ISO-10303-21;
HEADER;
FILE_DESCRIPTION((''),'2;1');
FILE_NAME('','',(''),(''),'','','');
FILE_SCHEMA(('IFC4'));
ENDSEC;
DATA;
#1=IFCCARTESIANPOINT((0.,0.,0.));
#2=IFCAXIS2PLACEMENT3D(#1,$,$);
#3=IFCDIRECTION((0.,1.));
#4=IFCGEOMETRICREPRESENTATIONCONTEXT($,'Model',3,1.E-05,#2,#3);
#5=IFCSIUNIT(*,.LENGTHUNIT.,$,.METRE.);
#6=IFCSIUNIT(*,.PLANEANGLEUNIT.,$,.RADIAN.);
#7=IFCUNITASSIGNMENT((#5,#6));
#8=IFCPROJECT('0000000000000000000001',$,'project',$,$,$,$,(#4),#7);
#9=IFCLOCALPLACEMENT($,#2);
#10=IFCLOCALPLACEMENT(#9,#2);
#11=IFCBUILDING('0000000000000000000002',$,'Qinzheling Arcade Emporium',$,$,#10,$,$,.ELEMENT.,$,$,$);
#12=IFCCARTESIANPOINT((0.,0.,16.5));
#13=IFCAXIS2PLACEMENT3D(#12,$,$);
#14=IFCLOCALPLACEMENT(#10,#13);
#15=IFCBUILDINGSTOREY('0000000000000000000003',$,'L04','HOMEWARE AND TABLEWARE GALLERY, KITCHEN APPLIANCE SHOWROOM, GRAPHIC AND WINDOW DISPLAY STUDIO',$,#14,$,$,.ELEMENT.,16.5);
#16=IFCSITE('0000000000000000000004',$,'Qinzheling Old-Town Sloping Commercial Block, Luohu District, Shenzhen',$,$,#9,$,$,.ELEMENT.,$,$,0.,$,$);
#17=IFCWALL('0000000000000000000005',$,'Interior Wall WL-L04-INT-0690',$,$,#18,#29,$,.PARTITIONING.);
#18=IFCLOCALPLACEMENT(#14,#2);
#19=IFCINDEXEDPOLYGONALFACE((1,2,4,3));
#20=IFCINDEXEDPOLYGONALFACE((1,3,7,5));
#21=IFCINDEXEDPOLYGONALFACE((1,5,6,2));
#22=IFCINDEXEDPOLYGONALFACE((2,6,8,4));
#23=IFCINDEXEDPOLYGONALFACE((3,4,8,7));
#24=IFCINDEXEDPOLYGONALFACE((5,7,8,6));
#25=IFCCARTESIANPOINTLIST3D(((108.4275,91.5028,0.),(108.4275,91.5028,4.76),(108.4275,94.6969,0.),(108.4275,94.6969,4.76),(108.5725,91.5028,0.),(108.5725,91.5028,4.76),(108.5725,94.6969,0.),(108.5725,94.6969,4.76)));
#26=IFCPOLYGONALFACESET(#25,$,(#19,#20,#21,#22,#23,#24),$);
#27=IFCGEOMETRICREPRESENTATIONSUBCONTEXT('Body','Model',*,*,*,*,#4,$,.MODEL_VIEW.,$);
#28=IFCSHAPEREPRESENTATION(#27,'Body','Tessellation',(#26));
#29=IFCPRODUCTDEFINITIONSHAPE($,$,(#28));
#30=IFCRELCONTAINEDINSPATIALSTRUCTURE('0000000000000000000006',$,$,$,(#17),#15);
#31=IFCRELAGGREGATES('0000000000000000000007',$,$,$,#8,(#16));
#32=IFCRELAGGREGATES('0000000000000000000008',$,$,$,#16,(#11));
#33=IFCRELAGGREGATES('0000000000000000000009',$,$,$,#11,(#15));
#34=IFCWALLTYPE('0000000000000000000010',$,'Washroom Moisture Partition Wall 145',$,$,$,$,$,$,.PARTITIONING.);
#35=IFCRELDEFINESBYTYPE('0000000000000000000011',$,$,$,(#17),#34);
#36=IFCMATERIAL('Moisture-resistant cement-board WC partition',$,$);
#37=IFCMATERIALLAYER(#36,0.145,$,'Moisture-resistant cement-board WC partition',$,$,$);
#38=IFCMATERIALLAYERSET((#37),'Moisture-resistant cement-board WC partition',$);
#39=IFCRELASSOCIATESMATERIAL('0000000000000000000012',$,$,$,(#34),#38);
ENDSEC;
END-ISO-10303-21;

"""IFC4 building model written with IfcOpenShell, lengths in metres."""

from ifc_helpers import new_model, si_unit, direction, frame, frame_2d, origin, place, context, subcontext, project, spatial, rectangle, extrude, material, layer, layer_set, type_object, element, save


model = new_model("IFC4")

# Units and contexts
model_context = context("Model", 3, precision=1e-05, world=origin(), true_north=direction((0.0, 1.0)))
body_context = subcontext(model_context, "Body", "Model", "MODEL_VIEW")
ifc_project = project(units=[si_unit("LENGTHUNIT", "METRE"), si_unit("PLANEANGLEUNIT", "RADIAN")], contexts=[model_context])

# Site, building, storey
site_placement = place(None, origin())
site = spatial("IfcSite", under=ifc_project, at=site_placement, Name="Qinzheling Old-Town Sloping Commercial Block, Luohu District, Shenzhen", CompositionType="ELEMENT", RefElevation=0.0)
building_placement = place(site_placement, origin())
building = spatial("IfcBuilding", under=site, at=building_placement, Name="Qinzheling Arcade Emporium", CompositionType="ELEMENT")
storey_placement = place(building_placement, frame((0.0, 0.0, 16.5)))
storey = spatial("IfcBuildingStorey", under=building, at=storey_placement, Name="L04", Description="HOMEWARE AND TABLEWARE GALLERY, KITCHEN APPLIANCE SHOWROOM, GRAPHIC AND WINDOW DISPLAY STUDIO", CompositionType="ELEMENT", Elevation=16.5)

# Shared definitions
ifc_material_1 = material(Name="Moisture-resistant cement-board WC partition")
ifc_layer_1 = layer(ifc_material_1, 0.145, Name="Moisture-resistant cement-board WC partition")
ifc_layer_set_1 = layer_set([ifc_layer_1], Name="Moisture-resistant cement-board WC partition")
wall_type_1 = type_object("IfcWallType", Name="Washroom Moisture Partition Wall 145", PredefinedType="PARTITIONING", material=ifc_layer_set_1)

# Wall
wall_1_placement = place(storey_placement, frame((108.5, 94.697, 0.0), z_axis=(0.0, 0.0, 1.0), x_axis=(0.0, -1.0, 0.0)))
element("IfcWall", 1, at=wall_1_placement, inside=storey, type_object=wall_type_1, Name="Interior Wall WL-L04-INT-0690", PredefinedType="PARTITIONING", context=body_context, shape_type="SweptSolid", body=[
    extrude(rectangle(XDim=3.1941, YDim=0.145, at=frame_2d((1.5972, 0.0))), origin(), (0.0, 0.0, 1.0), 4.76),
])

save(model, "model.ifc")
